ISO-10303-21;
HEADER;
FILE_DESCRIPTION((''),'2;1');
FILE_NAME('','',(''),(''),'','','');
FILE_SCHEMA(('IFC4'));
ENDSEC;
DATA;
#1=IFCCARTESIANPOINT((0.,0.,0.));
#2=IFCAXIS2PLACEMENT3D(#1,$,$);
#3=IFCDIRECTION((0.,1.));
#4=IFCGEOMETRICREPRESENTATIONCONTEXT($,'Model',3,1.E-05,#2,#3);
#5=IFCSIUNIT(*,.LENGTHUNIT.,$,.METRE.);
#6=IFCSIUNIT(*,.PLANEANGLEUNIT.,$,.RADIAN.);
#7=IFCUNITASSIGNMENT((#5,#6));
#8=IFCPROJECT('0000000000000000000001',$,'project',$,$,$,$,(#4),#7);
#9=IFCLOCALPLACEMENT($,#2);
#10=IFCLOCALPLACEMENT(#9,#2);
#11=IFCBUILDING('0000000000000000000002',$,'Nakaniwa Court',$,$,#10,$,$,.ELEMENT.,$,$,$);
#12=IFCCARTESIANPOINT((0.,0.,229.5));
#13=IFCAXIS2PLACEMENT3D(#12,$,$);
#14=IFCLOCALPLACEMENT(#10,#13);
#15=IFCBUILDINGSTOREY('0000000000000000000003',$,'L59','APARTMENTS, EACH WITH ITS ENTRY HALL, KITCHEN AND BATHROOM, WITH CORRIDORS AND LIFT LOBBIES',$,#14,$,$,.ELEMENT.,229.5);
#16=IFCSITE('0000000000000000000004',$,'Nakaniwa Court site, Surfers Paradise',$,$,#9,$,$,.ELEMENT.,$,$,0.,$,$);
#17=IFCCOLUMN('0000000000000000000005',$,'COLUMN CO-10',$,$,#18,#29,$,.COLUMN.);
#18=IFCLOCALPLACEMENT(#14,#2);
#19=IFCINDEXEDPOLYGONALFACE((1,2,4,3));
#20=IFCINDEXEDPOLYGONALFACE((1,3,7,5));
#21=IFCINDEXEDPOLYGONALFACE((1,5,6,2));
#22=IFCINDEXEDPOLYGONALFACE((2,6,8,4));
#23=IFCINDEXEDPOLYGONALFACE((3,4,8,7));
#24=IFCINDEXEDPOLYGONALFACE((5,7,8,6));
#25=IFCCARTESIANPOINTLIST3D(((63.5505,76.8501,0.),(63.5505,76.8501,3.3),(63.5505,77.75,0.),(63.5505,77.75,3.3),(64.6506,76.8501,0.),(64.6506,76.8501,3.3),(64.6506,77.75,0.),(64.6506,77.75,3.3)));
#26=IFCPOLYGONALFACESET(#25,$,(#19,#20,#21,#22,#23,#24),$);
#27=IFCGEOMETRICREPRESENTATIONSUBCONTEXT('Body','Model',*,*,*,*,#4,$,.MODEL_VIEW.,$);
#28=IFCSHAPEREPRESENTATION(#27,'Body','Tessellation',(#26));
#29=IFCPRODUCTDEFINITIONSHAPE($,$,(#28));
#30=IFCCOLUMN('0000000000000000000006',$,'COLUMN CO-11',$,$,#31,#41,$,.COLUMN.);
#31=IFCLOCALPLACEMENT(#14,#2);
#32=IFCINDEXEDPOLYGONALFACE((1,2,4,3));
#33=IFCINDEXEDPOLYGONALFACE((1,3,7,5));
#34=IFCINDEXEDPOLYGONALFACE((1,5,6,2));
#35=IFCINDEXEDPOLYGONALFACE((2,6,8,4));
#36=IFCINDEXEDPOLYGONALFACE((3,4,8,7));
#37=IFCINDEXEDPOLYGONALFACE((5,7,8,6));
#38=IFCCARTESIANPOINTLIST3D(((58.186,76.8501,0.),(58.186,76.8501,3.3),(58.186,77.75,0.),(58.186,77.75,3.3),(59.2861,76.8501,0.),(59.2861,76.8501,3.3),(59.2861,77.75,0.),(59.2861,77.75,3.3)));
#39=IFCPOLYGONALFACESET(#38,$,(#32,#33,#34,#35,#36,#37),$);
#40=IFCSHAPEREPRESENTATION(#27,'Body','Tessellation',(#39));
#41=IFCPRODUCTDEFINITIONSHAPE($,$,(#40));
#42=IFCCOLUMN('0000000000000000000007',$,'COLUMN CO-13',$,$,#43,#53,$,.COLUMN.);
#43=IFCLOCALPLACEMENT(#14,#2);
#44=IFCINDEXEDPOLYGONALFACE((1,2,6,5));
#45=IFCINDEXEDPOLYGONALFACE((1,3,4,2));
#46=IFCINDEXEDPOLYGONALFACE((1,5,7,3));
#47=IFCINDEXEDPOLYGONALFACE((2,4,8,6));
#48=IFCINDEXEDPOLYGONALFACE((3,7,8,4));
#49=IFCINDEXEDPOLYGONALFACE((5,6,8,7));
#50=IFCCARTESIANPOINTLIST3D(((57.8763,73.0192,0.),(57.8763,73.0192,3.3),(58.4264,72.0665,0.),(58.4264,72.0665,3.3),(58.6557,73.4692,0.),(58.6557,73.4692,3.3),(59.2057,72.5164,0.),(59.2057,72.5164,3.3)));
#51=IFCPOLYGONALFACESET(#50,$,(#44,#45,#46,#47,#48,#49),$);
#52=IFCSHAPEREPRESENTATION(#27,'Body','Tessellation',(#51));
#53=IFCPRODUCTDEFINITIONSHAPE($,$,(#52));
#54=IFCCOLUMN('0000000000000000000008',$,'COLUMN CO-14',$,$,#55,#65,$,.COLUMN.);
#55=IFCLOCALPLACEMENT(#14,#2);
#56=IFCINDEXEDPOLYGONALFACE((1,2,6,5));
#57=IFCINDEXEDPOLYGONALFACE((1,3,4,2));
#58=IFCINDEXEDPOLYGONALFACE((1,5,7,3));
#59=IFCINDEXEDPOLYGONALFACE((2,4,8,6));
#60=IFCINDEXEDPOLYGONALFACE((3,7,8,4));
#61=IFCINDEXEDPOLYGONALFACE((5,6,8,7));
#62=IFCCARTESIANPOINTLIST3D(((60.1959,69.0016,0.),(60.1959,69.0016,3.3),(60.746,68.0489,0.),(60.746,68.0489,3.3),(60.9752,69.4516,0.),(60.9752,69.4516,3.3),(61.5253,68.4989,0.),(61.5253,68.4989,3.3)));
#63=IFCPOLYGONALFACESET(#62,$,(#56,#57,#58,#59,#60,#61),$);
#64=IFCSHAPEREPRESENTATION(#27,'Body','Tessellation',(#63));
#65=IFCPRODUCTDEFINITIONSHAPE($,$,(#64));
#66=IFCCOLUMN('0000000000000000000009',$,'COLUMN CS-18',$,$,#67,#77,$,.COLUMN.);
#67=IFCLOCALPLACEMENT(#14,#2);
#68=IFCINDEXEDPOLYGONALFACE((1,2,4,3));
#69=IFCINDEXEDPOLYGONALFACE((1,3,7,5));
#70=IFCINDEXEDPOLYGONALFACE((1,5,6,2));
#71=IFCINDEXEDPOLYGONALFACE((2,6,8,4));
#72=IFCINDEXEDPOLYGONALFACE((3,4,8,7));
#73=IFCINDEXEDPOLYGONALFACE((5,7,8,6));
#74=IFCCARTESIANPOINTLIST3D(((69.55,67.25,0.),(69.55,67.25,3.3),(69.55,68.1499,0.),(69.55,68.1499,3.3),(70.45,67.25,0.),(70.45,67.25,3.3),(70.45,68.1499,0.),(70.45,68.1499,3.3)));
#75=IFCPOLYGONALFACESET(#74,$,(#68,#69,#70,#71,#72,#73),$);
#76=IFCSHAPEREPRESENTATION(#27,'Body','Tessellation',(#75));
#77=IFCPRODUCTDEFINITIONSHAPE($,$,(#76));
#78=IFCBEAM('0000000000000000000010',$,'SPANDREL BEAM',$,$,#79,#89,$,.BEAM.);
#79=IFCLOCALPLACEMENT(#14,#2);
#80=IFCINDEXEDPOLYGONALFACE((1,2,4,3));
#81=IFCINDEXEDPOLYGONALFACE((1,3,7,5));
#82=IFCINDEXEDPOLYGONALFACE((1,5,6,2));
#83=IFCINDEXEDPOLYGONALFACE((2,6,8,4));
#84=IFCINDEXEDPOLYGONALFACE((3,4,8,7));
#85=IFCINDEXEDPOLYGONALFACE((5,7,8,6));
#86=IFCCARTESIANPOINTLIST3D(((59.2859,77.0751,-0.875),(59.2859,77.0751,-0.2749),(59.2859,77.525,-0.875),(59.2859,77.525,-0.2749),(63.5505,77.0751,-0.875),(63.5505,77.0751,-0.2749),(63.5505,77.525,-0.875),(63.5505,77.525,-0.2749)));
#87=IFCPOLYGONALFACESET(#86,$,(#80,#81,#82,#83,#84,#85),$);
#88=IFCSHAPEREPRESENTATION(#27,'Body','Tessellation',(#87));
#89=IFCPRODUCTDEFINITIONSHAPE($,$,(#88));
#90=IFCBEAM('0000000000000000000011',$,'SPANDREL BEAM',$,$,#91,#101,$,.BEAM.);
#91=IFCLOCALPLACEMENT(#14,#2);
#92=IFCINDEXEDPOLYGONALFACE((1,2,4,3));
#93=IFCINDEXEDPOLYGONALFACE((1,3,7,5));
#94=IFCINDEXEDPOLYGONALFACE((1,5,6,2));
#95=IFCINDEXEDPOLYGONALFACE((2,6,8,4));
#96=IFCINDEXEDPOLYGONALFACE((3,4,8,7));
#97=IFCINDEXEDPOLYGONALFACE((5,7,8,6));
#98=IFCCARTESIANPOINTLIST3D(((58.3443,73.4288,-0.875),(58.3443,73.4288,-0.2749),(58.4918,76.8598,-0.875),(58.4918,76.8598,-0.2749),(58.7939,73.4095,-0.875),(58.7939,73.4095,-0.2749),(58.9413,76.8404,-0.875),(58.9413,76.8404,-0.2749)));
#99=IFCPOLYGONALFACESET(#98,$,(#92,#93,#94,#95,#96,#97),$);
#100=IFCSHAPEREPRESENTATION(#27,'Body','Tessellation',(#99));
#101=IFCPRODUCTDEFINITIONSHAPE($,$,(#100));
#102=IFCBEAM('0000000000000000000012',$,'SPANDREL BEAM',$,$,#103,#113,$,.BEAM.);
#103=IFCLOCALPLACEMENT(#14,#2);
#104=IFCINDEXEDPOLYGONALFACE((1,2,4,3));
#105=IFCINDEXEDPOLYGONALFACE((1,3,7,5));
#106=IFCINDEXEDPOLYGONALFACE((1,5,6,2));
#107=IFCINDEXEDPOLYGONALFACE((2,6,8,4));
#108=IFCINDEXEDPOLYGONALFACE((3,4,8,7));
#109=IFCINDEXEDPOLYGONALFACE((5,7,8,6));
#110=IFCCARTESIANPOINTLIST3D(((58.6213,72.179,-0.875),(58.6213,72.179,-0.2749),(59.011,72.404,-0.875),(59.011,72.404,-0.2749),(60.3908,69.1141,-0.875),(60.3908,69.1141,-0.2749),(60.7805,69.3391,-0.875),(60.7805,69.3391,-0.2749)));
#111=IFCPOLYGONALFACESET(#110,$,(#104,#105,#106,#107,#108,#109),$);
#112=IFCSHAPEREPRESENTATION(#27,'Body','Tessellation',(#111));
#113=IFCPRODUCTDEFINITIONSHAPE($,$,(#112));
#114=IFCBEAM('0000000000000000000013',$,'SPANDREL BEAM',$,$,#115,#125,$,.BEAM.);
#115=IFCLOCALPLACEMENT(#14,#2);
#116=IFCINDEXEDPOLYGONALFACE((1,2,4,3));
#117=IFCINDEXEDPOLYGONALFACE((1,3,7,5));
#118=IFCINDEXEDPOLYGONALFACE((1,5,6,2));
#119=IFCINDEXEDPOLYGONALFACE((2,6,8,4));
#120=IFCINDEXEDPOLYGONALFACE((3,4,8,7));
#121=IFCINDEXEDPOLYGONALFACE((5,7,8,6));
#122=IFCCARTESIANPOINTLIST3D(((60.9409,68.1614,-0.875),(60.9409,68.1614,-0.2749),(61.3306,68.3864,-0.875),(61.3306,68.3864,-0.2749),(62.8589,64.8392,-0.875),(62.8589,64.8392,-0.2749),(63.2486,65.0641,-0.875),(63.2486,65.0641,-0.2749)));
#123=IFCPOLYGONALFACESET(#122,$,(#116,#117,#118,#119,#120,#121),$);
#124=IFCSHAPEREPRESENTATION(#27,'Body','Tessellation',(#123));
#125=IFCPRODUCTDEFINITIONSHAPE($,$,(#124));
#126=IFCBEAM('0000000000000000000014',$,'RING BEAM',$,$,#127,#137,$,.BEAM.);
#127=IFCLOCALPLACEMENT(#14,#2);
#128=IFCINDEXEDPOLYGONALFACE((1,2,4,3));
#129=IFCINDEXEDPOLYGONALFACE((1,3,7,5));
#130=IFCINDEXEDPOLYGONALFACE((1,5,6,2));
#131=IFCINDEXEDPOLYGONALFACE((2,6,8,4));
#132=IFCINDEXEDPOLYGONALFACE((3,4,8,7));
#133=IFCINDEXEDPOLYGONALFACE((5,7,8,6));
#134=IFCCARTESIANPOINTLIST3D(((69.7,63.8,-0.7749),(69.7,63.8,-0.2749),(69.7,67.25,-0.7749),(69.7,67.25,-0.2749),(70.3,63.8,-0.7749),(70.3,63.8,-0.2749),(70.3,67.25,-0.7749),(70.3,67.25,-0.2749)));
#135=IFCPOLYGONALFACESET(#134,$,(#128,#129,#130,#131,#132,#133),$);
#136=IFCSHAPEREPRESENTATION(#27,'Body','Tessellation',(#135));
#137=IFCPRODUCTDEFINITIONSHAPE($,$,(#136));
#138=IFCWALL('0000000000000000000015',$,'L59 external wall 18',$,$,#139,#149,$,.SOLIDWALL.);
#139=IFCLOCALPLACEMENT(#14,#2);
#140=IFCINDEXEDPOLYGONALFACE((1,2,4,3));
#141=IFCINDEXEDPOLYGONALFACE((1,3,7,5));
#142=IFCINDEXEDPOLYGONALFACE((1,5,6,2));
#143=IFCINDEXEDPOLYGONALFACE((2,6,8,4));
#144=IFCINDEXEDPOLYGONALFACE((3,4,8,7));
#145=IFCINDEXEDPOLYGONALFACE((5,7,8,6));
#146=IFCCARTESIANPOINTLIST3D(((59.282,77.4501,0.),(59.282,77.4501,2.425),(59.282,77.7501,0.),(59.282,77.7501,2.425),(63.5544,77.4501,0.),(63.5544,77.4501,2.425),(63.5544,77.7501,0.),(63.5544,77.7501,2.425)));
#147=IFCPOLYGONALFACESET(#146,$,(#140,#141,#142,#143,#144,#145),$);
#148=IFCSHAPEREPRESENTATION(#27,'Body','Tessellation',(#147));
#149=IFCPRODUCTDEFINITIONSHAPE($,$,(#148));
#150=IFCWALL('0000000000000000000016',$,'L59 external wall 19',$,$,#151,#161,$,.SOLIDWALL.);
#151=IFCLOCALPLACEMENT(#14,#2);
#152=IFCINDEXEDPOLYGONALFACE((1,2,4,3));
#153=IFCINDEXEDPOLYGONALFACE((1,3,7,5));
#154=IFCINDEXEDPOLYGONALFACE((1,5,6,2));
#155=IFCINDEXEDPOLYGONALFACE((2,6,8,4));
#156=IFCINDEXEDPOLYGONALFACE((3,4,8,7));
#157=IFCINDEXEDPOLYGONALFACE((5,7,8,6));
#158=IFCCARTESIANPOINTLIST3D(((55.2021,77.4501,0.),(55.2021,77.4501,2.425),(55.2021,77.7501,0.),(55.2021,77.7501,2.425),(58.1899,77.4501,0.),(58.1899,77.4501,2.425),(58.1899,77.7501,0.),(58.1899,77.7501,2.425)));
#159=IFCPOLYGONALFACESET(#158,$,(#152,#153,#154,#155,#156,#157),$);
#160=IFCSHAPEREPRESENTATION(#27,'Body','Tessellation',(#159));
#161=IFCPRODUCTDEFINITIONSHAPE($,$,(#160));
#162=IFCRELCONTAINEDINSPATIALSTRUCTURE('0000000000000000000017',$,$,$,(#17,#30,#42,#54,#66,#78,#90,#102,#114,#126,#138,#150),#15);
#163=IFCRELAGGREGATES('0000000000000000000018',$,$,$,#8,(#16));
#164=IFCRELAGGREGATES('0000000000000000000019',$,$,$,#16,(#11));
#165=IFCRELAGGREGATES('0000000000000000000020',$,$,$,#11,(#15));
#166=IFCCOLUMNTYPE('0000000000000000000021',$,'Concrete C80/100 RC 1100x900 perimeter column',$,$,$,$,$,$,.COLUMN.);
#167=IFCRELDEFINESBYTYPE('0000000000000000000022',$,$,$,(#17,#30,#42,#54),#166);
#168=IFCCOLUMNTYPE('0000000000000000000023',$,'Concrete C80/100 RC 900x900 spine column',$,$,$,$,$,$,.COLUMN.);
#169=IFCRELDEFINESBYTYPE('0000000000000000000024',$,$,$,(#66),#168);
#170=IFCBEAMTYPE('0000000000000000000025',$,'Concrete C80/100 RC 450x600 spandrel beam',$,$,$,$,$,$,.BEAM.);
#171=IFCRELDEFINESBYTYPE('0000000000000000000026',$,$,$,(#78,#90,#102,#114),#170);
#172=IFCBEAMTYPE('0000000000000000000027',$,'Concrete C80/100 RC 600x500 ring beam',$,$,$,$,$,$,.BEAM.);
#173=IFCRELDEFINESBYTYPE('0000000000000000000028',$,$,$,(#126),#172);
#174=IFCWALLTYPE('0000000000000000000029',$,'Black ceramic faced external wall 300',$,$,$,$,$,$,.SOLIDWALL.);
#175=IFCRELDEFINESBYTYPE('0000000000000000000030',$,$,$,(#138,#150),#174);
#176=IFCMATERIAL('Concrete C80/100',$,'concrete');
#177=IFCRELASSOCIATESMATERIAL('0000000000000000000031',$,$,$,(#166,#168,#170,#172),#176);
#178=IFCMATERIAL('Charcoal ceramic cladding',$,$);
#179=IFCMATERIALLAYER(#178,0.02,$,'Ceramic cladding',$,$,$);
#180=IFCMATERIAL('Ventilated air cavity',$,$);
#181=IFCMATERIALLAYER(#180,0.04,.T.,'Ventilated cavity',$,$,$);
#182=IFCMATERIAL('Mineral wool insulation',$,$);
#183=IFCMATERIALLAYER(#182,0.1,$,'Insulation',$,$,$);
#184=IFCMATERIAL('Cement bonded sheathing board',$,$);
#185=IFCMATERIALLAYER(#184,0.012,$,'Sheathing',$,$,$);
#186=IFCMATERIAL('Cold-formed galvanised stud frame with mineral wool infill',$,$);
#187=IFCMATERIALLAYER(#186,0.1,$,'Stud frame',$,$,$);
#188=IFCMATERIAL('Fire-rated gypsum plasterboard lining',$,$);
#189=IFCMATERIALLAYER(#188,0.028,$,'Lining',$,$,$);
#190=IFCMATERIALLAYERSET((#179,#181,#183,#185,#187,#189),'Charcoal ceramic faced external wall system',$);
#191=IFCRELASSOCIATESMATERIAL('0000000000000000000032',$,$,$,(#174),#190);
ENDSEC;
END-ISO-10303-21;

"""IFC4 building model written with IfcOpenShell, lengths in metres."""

from ifc_helpers import new_model, si_unit, direction, frame, frame_2d, origin, origin_2d, place, context, subcontext, project, spatial, rectangle, extrude, material, layer, layer_set, material_profile, profile_set, type_object, element, save


model = new_model("IFC4")

# Units and contexts
model_context = context("Model", 3, precision=1e-05, world=origin(), true_north=direction((0.0, 1.0)))
body_context = subcontext(model_context, "Body", "Model", "MODEL_VIEW")
ifc_project = project(units=[si_unit("LENGTHUNIT", "METRE"), si_unit("PLANEANGLEUNIT", "RADIAN")], contexts=[model_context])

# Site, building, storey
site_placement = place(None, origin())
site = spatial("IfcSite", under=ifc_project, at=site_placement, Name="Nakaniwa Court site, Surfers Paradise", CompositionType="ELEMENT", RefElevation=0.0)
building_placement = place(site_placement, origin())
building = spatial("IfcBuilding", under=site, at=building_placement, Name="Nakaniwa Court", CompositionType="ELEMENT")
storey_placement = place(building_placement, frame((0.0, 0.0, 229.5)))
storey = spatial("IfcBuildingStorey", under=building, at=storey_placement, Name="L59", Description="APARTMENTS, EACH WITH ITS ENTRY HALL, KITCHEN AND BATHROOM, WITH CORRIDORS AND LIFT LOBBIES", CompositionType="ELEMENT", Elevation=229.5)

# Columns
ifc_material_1 = material(Name="Concrete C80/100", Category="concrete")
ifc_material_profile_1 = material_profile(ifc_material_1, rectangle(XDim=1.1001, YDim=0.8999, at=origin_2d()), Name="Concrete C80/100 RC 1100x900 perimeter column")
ifc_profile_set_1 = profile_set([ifc_material_profile_1], Name="Concrete C80/100")
column_type_1 = type_object("IfcColumnType", Name="Concrete C80/100 RC 1100x900 perimeter column", PredefinedType="COLUMN", material=ifc_profile_set_1)
for number, where, z_axis, x_axis, name in (
    (1, (64.1006, 77.3, 0.0), (0.0, 0.0, 1.0), (-1.0, 0.0, 0.0), "COLUMN CO-10"),
    (2, (58.7361, 77.3, 0.0), (0.0, 0.0, 1.0), (-1.0, 0.0, 0.0), "COLUMN CO-11"),
    (3, (58.541, 72.7678, 0.0), (0.0, 0.0, 1.0), (0.5, -0.866025, 0.0), "COLUMN CO-13"),
    (4, (60.8606, 68.7502, 0.0), (0.0, 0.0, 1.0), (0.5, -0.866025, 0.0), "COLUMN CO-14"),
):
    element("IfcColumn", number, at=place(storey_placement, frame(where, z_axis=z_axis, x_axis=x_axis)), inside=storey, type_object=column_type_1, Name=name, PredefinedType="COLUMN", context=body_context, shape_type="SweptSolid", body=[
        extrude(rectangle(XDim=1.1001, YDim=0.8999, at=origin_2d()), origin(), (0.0, 0.0, 1.0), 3.3),
    ])
ifc_material_profile_2 = material_profile(ifc_material_1, rectangle(XDim=0.8999, YDim=0.8999, at=origin_2d()), Name="Concrete C80/100 RC 900x900 spine column")
ifc_profile_set_2 = profile_set([ifc_material_profile_2], Name="Concrete C80/100")
column_type_2 = type_object("IfcColumnType", Name="Concrete C80/100 RC 900x900 spine column", PredefinedType="COLUMN", material=ifc_profile_set_2)
column_placement = place(storey_placement, frame((70.0, 67.7, 0.0), z_axis=(0.0, 0.0, 1.0), x_axis=(0.0, -1.0, 0.0)))
element("IfcColumn", 5, at=column_placement, inside=storey, type_object=column_type_2, Name="COLUMN CS-18", PredefinedType="COLUMN", context=body_context, shape_type="SweptSolid", body=[
    extrude(rectangle(XDim=0.8999, YDim=0.8999, at=origin_2d()), origin(), (0.0, 0.0, 1.0), 3.3),
])

# Beams
ifc_material_profile_3 = material_profile(ifc_material_1, rectangle(XDim=0.45, YDim=0.6001, at=origin_2d()), Name="Concrete C80/100 RC 450x600 spandrel beam")
ifc_profile_set_3 = profile_set([ifc_material_profile_3], Name="Concrete C80/100")
beam_type_1 = type_object("IfcBeamType", Name="Concrete C80/100 RC 450x600 spandrel beam", PredefinedType="BEAM", material=ifc_profile_set_3)
beam_1_placement = place(storey_placement, frame((63.5505, 77.3, -0.575), z_axis=(-1.0, 0.0, 0.0), x_axis=(0.0, -1.0, 0.0)))
element("IfcBeam", 6, at=beam_1_placement, inside=storey, type_object=beam_type_1, Name="SPANDREL BEAM", PredefinedType="BEAM", context=body_context, shape_type="SweptSolid", body=[
    extrude(rectangle(XDim=0.45, YDim=0.6001, at=origin_2d()), origin(), (0.0, 0.0, 1.0), 4.2646),
])
beam_2_placement = place(storey_placement, frame((58.7166, 76.8501, -0.575), z_axis=(-0.042941, -0.999078, 0.0), x_axis=(0.999078, -0.042941, 0.0)))
element("IfcBeam", 7, at=beam_2_placement, inside=storey, type_object=beam_type_1, Name="SPANDREL BEAM", PredefinedType="BEAM", context=body_context, shape_type="SweptSolid", body=[
    extrude(rectangle(XDim=0.45, YDim=0.6001, at=origin_2d()), origin(), (0.0, 0.0, 1.0), 3.4341),
])
beam_3_placement = place(storey_placement, frame((58.8162, 72.2915, -0.575), z_axis=(0.499997, -0.866027, 0.0), x_axis=(0.866027, 0.499997, 0.0)))
element("IfcBeam", 8, at=beam_3_placement, inside=storey, type_object=beam_type_1, Name="SPANDREL BEAM", PredefinedType="BEAM", context=body_context, shape_type="SweptSolid", body=[
    extrude(rectangle(XDim=0.45, YDim=0.6001, at=origin_2d()), origin(), (0.0, 0.0, 1.0), 3.5391),
])
beam_4_placement = place(storey_placement, frame((61.1357, 68.2739, -0.575), z_axis=(0.499972, -0.866041, 0.0), x_axis=(0.866041, 0.499972, 0.0)))
element("IfcBeam", 9, at=beam_4_placement, inside=storey, type_object=beam_type_1, Name="SPANDREL BEAM", PredefinedType="BEAM", context=body_context, shape_type="SweptSolid", body=[
    extrude(rectangle(XDim=0.45, YDim=0.6001, at=origin_2d()), origin(), (0.0, 0.0, 1.0), 3.8362),
])
ifc_material_profile_4 = material_profile(ifc_material_1, rectangle(XDim=0.6001, YDim=0.5, at=origin_2d()), Name="Concrete C80/100 RC 600x500 ring beam")
ifc_profile_set_4 = profile_set([ifc_material_profile_4], Name="Concrete C80/100")
beam_type_2 = type_object("IfcBeamType", Name="Concrete C80/100 RC 600x500 ring beam", PredefinedType="BEAM", material=ifc_profile_set_4)
beam_5_placement = place(storey_placement, frame((70.0, 67.25, -0.5249), z_axis=(0.0, -1.0, 0.0), x_axis=(1.0, 0.0, 0.0)))
element("IfcBeam", 10, at=beam_5_placement, inside=storey, type_object=beam_type_2, Name="RING BEAM", PredefinedType="BEAM", context=body_context, shape_type="SweptSolid", body=[
    extrude(rectangle(XDim=0.6001, YDim=0.5, at=origin_2d()), origin(), (0.0, 0.0, 1.0), 3.45),
])

# Walls
ifc_material_2 = material(Name="Charcoal ceramic cladding")
ifc_layer_1 = layer(ifc_material_2, 0.02, Name="Ceramic cladding")
ifc_material_3 = material(Name="Ventilated air cavity")
ifc_layer_2 = layer(ifc_material_3, 0.04, ventilated=True, Name="Ventilated cavity")
ifc_material_4 = material(Name="Mineral wool insulation")
ifc_layer_3 = layer(ifc_material_4, 0.1, Name="Insulation")
ifc_material_5 = material(Name="Cement bonded sheathing board")
ifc_layer_4 = layer(ifc_material_5, 0.012, Name="Sheathing")
ifc_material_6 = material(Name="Cold-formed galvanised stud frame with mineral wool infill")
ifc_layer_5 = layer(ifc_material_6, 0.1, Name="Stud frame")
ifc_material_7 = material(Name="Fire-rated gypsum plasterboard lining")
ifc_layer_6 = layer(ifc_material_7, 0.028, Name="Lining")
ifc_layer_set_1 = layer_set([ifc_layer_1, ifc_layer_2, ifc_layer_3, ifc_layer_4, ifc_layer_5, ifc_layer_6], Name="Charcoal ceramic faced external wall system")
wall_type_1 = type_object("IfcWallType", Name="Black ceramic faced external wall 300", PredefinedType="SOLIDWALL", material=ifc_layer_set_1)
wall_1_placement = place(storey_placement, frame((63.5544, 77.6001, 0.0), z_axis=(0.0, 0.0, 1.0), x_axis=(-1.0, 0.0, 0.0)))
element("IfcWall", 11, at=wall_1_placement, inside=storey, type_object=wall_type_1, Name="L59 external wall 18", PredefinedType="SOLIDWALL", context=body_context, shape_type="SweptSolid", body=[
    extrude(rectangle(XDim=4.2725, YDim=0.3, at=frame_2d((2.1362, 0.0))), origin(), (0.0, 0.0, 1.0), 2.425),
])
wall_2_placement = place(storey_placement, frame((58.1899, 77.6001, 0.0), z_axis=(0.0, 0.0, 1.0), x_axis=(-1.0, 0.0, 0.0)))
element("IfcWall", 12, at=wall_2_placement, inside=storey, type_object=wall_type_1, Name="L59 external wall 19", PredefinedType="SOLIDWALL", context=body_context, shape_type="SweptSolid", body=[
    extrude(rectangle(XDim=2.9878, YDim=0.3, at=frame_2d((1.4939, 0.0))), origin(), (0.0, 0.0, 1.0), 2.425),
])

save(model, "model.ifc")
